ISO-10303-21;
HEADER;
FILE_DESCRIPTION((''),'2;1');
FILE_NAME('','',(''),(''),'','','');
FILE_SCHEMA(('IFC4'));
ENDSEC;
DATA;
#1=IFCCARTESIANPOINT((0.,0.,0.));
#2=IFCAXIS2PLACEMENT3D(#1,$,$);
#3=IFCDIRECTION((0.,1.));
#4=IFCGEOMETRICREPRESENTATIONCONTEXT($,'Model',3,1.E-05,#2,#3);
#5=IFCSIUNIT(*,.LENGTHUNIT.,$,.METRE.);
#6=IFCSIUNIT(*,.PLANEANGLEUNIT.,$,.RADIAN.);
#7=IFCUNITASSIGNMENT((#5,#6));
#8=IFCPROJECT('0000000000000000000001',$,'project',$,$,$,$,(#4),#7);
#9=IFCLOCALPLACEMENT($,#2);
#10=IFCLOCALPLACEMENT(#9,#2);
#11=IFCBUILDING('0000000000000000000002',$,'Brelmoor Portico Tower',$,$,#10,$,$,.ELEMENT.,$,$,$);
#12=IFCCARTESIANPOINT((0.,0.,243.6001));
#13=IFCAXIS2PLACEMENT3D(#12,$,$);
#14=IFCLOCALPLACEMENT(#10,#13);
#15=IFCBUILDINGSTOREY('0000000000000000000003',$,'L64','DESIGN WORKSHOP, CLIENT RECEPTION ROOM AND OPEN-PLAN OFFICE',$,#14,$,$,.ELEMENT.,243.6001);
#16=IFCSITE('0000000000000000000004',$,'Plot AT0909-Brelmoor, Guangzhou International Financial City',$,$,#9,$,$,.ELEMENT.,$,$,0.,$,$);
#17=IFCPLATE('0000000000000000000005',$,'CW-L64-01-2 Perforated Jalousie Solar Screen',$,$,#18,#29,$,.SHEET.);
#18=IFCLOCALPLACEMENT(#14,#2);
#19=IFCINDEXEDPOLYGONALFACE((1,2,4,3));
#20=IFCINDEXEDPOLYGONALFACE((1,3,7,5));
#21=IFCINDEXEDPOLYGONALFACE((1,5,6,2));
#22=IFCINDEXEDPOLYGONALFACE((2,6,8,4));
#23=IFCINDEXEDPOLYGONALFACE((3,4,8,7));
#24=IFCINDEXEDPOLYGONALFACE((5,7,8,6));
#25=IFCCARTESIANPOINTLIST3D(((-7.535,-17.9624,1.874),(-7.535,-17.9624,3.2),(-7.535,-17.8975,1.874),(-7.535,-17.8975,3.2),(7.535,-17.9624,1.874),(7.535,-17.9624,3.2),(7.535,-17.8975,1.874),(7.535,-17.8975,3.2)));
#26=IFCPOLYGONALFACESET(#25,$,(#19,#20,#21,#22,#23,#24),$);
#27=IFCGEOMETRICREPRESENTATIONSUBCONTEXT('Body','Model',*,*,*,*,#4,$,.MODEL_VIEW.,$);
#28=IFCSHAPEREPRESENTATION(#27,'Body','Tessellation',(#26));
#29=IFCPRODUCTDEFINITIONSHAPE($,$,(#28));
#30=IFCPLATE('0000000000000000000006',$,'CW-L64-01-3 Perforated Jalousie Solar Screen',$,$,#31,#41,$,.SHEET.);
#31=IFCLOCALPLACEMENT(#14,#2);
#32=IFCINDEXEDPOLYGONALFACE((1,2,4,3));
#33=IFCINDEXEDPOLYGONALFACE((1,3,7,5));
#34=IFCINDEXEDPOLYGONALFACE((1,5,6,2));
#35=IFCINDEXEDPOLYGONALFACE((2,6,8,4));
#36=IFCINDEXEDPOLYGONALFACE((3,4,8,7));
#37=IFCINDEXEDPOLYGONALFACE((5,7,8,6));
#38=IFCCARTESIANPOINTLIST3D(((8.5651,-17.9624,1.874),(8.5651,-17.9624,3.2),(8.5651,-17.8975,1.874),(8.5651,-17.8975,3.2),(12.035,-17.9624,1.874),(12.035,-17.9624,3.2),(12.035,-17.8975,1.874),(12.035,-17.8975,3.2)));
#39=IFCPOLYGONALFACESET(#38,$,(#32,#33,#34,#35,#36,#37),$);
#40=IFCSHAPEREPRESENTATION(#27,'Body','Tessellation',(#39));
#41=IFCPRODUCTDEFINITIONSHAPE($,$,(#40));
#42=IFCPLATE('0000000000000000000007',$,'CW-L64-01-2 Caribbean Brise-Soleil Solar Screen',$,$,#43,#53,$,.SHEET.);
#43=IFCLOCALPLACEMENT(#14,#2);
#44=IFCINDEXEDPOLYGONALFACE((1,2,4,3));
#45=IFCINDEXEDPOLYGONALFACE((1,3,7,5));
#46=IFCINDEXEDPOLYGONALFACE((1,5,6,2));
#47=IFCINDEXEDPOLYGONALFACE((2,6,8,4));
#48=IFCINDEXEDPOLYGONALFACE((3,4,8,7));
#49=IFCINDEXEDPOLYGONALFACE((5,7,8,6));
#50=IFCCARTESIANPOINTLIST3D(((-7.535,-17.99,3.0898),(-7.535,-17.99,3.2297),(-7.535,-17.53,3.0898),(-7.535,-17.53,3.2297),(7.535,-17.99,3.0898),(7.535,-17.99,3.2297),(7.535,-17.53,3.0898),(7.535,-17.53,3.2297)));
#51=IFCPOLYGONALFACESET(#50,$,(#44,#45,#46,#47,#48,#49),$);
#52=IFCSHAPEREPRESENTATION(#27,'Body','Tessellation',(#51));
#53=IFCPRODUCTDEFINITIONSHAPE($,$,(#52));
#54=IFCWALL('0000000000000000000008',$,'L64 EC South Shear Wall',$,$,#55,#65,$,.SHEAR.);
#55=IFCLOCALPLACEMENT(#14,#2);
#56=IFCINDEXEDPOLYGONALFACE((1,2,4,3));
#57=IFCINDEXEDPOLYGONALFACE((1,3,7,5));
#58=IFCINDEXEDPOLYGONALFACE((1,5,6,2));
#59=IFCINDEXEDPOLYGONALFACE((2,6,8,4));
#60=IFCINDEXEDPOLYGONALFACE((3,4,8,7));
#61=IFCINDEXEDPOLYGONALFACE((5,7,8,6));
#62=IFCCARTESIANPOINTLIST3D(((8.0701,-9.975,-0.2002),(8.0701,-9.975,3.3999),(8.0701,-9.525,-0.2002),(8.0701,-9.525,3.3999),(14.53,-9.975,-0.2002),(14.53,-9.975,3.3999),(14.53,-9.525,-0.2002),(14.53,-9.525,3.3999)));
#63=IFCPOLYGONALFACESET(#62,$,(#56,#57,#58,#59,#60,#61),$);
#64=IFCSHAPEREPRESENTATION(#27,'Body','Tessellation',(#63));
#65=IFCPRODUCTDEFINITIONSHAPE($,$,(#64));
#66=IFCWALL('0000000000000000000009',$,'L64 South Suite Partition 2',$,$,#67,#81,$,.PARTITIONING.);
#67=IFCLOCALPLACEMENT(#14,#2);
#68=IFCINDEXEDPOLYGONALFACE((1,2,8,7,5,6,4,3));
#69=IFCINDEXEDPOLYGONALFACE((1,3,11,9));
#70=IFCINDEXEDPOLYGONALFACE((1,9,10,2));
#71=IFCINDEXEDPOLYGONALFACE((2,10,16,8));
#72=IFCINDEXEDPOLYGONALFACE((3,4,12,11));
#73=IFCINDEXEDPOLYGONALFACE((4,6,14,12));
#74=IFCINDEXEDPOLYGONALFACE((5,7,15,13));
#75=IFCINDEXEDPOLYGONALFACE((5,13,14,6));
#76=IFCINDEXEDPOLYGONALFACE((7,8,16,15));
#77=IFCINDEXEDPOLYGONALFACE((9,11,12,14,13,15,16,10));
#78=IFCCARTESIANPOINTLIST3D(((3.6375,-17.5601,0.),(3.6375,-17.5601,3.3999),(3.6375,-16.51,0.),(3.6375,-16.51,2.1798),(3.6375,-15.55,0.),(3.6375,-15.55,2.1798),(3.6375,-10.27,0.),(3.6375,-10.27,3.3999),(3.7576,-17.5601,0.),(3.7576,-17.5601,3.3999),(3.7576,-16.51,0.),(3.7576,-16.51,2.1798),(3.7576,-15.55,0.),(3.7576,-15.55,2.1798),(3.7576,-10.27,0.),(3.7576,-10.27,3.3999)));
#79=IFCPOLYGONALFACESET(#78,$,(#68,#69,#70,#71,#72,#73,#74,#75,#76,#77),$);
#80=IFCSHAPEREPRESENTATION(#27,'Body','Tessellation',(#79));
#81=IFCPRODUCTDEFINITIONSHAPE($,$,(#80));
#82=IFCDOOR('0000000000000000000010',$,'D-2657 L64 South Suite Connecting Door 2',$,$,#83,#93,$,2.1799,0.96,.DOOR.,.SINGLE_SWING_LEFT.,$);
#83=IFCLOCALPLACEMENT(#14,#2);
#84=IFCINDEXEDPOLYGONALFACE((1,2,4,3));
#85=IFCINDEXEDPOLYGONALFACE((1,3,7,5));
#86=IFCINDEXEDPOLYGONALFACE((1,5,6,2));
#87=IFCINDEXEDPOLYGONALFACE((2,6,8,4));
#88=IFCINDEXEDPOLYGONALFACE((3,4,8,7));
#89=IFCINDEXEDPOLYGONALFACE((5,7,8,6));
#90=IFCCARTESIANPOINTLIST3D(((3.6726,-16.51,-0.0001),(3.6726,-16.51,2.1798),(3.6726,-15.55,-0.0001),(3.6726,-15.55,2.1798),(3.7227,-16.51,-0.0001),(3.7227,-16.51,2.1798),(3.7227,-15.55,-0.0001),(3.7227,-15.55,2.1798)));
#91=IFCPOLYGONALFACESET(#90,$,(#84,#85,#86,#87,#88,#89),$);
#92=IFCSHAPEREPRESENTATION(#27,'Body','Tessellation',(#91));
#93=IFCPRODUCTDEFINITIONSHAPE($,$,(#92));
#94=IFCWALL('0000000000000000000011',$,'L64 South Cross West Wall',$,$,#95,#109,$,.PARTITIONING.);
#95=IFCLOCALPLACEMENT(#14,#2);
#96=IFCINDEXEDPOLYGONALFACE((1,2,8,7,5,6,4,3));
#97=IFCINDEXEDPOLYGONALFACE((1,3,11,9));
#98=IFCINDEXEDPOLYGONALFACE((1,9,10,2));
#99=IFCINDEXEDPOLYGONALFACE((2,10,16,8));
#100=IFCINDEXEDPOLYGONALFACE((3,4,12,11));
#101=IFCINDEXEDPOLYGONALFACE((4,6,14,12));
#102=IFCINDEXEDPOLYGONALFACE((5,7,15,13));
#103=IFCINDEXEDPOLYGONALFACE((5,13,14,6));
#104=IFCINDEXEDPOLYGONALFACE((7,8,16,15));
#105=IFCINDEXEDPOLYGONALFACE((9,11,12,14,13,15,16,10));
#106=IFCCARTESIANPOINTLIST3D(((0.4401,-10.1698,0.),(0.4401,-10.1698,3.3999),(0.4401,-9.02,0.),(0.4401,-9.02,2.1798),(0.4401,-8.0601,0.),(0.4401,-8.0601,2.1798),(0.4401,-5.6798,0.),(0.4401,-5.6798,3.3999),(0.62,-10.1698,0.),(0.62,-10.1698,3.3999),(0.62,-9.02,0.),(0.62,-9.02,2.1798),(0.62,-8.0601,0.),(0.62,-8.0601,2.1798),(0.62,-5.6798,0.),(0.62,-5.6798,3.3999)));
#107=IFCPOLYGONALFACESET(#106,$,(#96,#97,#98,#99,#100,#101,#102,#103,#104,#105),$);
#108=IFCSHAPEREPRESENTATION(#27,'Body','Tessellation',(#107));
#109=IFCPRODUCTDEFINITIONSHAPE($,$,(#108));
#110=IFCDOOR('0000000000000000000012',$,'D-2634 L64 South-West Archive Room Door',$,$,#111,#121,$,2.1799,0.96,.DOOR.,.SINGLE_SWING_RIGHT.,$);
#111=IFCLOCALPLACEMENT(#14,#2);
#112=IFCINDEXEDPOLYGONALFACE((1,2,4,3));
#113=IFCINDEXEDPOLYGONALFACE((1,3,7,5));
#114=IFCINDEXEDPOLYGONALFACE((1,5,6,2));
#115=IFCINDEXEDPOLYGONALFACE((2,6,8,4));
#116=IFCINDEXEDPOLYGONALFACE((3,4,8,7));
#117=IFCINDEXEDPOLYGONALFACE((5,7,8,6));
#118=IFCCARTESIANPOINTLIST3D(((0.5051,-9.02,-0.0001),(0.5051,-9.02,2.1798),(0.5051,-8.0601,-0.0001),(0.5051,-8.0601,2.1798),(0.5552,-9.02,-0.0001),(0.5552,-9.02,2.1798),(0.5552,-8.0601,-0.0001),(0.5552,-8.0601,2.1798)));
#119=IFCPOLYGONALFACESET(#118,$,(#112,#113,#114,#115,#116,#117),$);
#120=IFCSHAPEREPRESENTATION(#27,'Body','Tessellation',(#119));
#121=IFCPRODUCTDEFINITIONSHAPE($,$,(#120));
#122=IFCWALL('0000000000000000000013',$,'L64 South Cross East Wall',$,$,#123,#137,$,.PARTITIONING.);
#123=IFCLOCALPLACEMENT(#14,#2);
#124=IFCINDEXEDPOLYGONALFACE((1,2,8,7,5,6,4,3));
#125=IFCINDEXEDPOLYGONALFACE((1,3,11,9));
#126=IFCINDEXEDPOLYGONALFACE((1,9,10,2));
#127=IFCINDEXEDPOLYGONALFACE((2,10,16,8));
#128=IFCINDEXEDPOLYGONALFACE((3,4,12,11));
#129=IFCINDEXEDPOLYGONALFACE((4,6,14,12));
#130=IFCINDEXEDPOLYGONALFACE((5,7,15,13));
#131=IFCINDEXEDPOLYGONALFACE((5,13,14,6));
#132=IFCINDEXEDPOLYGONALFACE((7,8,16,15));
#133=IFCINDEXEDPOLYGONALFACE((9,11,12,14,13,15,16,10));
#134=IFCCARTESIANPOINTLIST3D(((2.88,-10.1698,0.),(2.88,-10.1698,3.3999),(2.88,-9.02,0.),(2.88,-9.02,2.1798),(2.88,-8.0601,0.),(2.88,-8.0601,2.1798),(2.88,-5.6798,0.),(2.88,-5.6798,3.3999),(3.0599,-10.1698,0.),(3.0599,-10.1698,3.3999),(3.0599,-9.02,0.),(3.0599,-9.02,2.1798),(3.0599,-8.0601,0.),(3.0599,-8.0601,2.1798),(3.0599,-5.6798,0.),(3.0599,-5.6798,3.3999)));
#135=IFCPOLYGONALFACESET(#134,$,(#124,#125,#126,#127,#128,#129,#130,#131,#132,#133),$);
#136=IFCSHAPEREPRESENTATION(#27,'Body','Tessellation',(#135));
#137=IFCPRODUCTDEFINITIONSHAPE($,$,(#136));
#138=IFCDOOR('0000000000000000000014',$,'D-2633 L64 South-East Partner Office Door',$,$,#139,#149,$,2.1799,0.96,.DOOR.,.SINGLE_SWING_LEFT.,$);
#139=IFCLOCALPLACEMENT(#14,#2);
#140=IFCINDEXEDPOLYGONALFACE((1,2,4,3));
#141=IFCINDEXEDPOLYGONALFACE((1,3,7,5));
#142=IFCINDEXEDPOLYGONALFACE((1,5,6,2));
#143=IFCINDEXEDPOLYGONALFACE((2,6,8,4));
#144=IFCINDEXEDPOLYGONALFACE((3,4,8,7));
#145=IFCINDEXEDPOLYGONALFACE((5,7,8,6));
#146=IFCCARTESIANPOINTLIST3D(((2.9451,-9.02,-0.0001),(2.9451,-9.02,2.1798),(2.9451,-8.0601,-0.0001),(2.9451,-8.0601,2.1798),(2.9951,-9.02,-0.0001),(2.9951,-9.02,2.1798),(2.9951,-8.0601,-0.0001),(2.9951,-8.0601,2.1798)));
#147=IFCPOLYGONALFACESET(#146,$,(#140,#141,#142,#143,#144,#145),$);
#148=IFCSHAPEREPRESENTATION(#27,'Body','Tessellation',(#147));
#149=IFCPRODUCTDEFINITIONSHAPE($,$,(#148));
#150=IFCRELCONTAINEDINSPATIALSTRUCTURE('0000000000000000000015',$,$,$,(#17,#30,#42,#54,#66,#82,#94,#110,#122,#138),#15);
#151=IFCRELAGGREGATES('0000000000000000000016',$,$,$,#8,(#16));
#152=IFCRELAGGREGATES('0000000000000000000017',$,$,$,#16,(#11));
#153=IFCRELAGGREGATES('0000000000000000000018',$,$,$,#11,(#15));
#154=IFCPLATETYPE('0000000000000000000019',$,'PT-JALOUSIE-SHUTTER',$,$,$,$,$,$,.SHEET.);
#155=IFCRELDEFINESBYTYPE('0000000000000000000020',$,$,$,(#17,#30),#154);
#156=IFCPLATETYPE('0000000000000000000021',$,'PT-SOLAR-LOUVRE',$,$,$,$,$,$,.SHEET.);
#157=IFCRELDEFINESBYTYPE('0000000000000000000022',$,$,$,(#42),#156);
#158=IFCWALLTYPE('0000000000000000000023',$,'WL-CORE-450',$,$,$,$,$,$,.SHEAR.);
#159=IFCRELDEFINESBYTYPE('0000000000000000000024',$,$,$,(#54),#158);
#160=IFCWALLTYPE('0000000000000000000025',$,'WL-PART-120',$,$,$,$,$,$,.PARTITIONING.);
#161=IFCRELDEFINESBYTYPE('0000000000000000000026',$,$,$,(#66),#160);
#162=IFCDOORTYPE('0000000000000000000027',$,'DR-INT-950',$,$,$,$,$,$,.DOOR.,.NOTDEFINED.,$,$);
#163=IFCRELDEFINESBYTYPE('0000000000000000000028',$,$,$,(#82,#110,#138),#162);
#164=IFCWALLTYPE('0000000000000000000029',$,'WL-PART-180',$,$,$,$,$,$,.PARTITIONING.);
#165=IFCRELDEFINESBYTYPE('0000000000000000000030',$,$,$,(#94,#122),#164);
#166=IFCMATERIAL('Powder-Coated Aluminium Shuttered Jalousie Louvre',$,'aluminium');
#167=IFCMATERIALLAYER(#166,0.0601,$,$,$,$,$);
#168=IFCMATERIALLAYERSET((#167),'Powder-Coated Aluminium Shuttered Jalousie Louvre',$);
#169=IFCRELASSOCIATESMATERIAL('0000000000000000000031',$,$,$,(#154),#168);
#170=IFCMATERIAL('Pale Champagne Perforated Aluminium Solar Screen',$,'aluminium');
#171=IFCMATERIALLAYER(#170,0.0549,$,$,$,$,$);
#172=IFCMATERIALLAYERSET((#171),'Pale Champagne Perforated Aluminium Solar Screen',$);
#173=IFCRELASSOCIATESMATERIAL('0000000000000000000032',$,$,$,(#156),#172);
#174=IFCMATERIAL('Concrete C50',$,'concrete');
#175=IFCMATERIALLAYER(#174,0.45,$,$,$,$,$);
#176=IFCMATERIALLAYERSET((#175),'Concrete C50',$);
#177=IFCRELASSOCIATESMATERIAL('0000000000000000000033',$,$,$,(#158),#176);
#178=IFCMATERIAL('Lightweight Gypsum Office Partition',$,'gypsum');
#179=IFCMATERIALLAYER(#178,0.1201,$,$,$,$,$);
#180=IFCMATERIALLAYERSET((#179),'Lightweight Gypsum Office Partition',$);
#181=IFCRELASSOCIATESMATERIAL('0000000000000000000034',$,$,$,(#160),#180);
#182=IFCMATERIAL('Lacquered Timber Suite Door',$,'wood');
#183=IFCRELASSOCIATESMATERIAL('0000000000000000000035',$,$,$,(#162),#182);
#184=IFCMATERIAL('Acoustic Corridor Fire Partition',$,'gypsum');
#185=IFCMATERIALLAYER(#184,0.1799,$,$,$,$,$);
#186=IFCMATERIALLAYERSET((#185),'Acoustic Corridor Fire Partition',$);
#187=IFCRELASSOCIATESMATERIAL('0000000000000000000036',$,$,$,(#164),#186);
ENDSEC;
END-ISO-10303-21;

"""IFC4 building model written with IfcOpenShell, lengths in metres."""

from ifc_helpers import new_model, si_unit, direction, frame, frame_2d, origin, origin_2d, place, context, subcontext, project, spatial, rectangle, extrude, material, layer, layer_set, type_object, element, fill, save


model = new_model("IFC4")

# Units and contexts
model_context = context("Model", 3, precision=1e-05, world=origin(), true_north=direction((0.0, 1.0)))
body_context = subcontext(model_context, "Body", "Model", "MODEL_VIEW")
ifc_project = project(units=[si_unit("LENGTHUNIT", "METRE"), si_unit("PLANEANGLEUNIT", "RADIAN")], contexts=[model_context])

# Site, building, storey
site_placement = place(None, origin())
site = spatial("IfcSite", under=ifc_project, at=site_placement, Name="Plot AT0909-Brelmoor, Guangzhou International Financial City", CompositionType="ELEMENT", RefElevation=0.0)
building_placement = place(site_placement, origin())
building = spatial("IfcBuilding", under=site, at=building_placement, Name="Brelmoor Portico Tower", CompositionType="ELEMENT")
storey_placement = place(building_placement, frame((0.0, 0.0, 243.6001)))
storey = spatial("IfcBuildingStorey", under=building, at=storey_placement, Name="L64", Description="DESIGN WORKSHOP, CLIENT RECEPTION ROOM AND OPEN-PLAN OFFICE", CompositionType="ELEMENT", Elevation=243.6001)

# Plates
ifc_material_1 = material(Name="Powder-Coated Aluminium Shuttered Jalousie Louvre", Category="aluminium")
ifc_layer_1 = layer(ifc_material_1, 0.0601)
ifc_layer_set_1 = layer_set([ifc_layer_1], Name="Powder-Coated Aluminium Shuttered Jalousie Louvre")
plate_type_1 = type_object("IfcPlateType", Name="PT-JALOUSIE-SHUTTER", PredefinedType="SHEET", material=ifc_layer_set_1)
plate_1_placement = place(storey_placement, frame((0.0, -17.9299, 1.874), z_axis=(0.0, 0.0, 1.0), x_axis=(1.0, 0.0, 0.0)))
element("IfcPlate", 1, at=plate_1_placement, inside=storey, type_object=plate_type_1, Name="CW-L64-01-2 Perforated Jalousie Solar Screen", PredefinedType="SHEET", context=body_context, shape_type="SweptSolid", body=[
    extrude(rectangle(XDim=15.0701, YDim=0.0649, at=origin_2d()), origin(), (0.0, 0.0, 1.0), 1.3259),
])
plate_2_placement = place(storey_placement, frame((10.3, -17.9299, 1.874), z_axis=(0.0, 0.0, 1.0), x_axis=(1.0, 0.0, 0.0)))
element("IfcPlate", 2, at=plate_2_placement, inside=storey, type_object=plate_type_1, Name="CW-L64-01-3 Perforated Jalousie Solar Screen", PredefinedType="SHEET", context=body_context, shape_type="SweptSolid", body=[
    extrude(rectangle(XDim=3.47, YDim=0.0649, at=origin_2d()), origin(), (0.0, 0.0, 1.0), 1.3259),
])
ifc_material_2 = material(Name="Pale Champagne Perforated Aluminium Solar Screen", Category="aluminium")
ifc_layer_2 = layer(ifc_material_2, 0.0549)
ifc_layer_set_2 = layer_set([ifc_layer_2], Name="Pale Champagne Perforated Aluminium Solar Screen")
plate_type_2 = type_object("IfcPlateType", Name="PT-SOLAR-LOUVRE", PredefinedType="SHEET", material=ifc_layer_set_2)
plate_3_placement = place(storey_placement, frame((0.0, -17.76, 3.0898), z_axis=(0.0, 0.0, 1.0), x_axis=(1.0, 0.0, 0.0)))
element("IfcPlate", 3, at=plate_3_placement, inside=storey, type_object=plate_type_2, Name="CW-L64-01-2 Caribbean Brise-Soleil Solar Screen", PredefinedType="SHEET", context=body_context, shape_type="SweptSolid", body=[
    extrude(rectangle(XDim=15.0701, YDim=0.46, at=origin_2d()), origin(), (0.0, 0.0, 1.0), 0.1399),
])

# Wall
ifc_material_3 = material(Name="Concrete C50", Category="concrete")
ifc_layer_3 = layer(ifc_material_3, 0.45)
ifc_layer_set_3 = layer_set([ifc_layer_3], Name="Concrete C50")
wall_type_1 = type_object("IfcWallType", Name="WL-CORE-450", PredefinedType="SHEAR", material=ifc_layer_set_3)
wall_1_placement = place(storey_placement, frame((8.0701, -9.75, -0.2002), z_axis=(0.0, 0.0, 1.0), x_axis=(1.0, 0.0, 0.0)))
element("IfcWall", 4, at=wall_1_placement, inside=storey, type_object=wall_type_1, Name="L64 EC South Shear Wall", PredefinedType="SHEAR", context=body_context, shape_type="SweptSolid", body=[
    extrude(rectangle(XDim=6.46, YDim=0.45, at=frame_2d((3.23, 0.0))), origin(), (0.0, 0.0, 1.0), 3.6001),
])

# Walls, openings, doors
ifc_material_4 = material(Name="Lightweight Gypsum Office Partition", Category="gypsum")
ifc_layer_4 = layer(ifc_material_4, 0.1201)
ifc_layer_set_4 = layer_set([ifc_layer_4], Name="Lightweight Gypsum Office Partition")
wall_type_2 = type_object("IfcWallType", Name="WL-PART-120", PredefinedType="PARTITIONING", material=ifc_layer_set_4)
wall_2_placement = place(storey_placement, frame((3.6975, -17.5601, 0.0), z_axis=(0.0, 0.0, 1.0), x_axis=(0.0, 1.0, 0.0)))
wall_2 = element("IfcWall", 5, at=wall_2_placement, inside=storey, type_object=wall_type_2, Name="L64 South Suite Partition 2", PredefinedType="PARTITIONING", context=body_context, shape_type="SweptSolid", body=[
    extrude(rectangle(XDim=7.29, YDim=0.1201, at=frame_2d((3.645, 0.0))), origin(), (0.0, 0.0, 1.0), 3.3999),
])
opening_1_placement = place(wall_2_placement, frame((1.05, 0.0, 0.0)))
opening_1 = element("IfcOpeningElement", 6, at=opening_1_placement, cuts=wall_2, PredefinedType="OPENING", context=body_context, shape_type="SweptSolid", body=[
    extrude(rectangle(XDim=0.96, YDim=2.1799, at=frame_2d((0.48, 1.0898))), frame((0.0, 0.0701, 0.0), z_axis=(0.0, -1.0, 0.0), x_axis=(1.0, 0.0, 0.0)), (0.0, 0.0, 1.0), 0.1401),
])
ifc_material_5 = material(Name="Lacquered Timber Suite Door", Category="wood")
door_type_1 = type_object("IfcDoorType", Name="DR-INT-950", OperationType="NOTDEFINED", PredefinedType="DOOR", material=ifc_material_5)
door_1_placement = place(opening_1_placement, origin())
door_1 = element("IfcDoor", 7, at=door_1_placement, inside=storey, type_object=door_type_1, Name="D-2657 L64 South Suite Connecting Door 2", OperationType="SINGLE_SWING_LEFT", OverallHeight=2.1799, OverallWidth=0.96, PredefinedType="DOOR", context=body_context, shape_type="SweptSolid", body=[
    extrude(rectangle(XDim=0.96, YDim=2.1799, at=frame_2d((0.48, 1.0898))), frame((0.0, 0.0249, 0.0), z_axis=(0.0, -1.0, 0.0), x_axis=(1.0, 0.0, 0.0)), (0.0, 0.0, 1.0), 0.05),
])
fill(opening_1, door_1)
ifc_material_6 = material(Name="Acoustic Corridor Fire Partition", Category="gypsum")
ifc_layer_5 = layer(ifc_material_6, 0.1799)
ifc_layer_set_5 = layer_set([ifc_layer_5], Name="Acoustic Corridor Fire Partition")
wall_type_3 = type_object("IfcWallType", Name="WL-PART-180", PredefinedType="PARTITIONING", material=ifc_layer_set_5)
wall_3_placement = place(storey_placement, frame((0.53, -10.1699, 0.0), z_axis=(0.0, 0.0, 1.0), x_axis=(0.0, 1.0, 0.0)))
wall_3 = element("IfcWall", 8, at=wall_3_placement, inside=storey, type_object=wall_type_3, Name="L64 South Cross West Wall", PredefinedType="PARTITIONING", context=body_context, shape_type="SweptSolid", body=[
    extrude(rectangle(XDim=4.49, YDim=0.1799, at=frame_2d((2.2451, 0.0))), origin(), (0.0, 0.0, 1.0), 3.3999),
])
opening_2_placement = place(wall_3_placement, frame((1.1499, 0.0, 0.0)))
opening_2 = element("IfcOpeningElement", 9, at=opening_2_placement, cuts=wall_3, PredefinedType="OPENING", context=body_context, shape_type="SweptSolid", body=[
    extrude(rectangle(XDim=0.96, YDim=2.1799, at=frame_2d((0.48, 1.0898))), frame((0.0, 0.0999, 0.0), z_axis=(0.0, -1.0, 0.0), x_axis=(1.0, 0.0, 0.0)), (0.0, 0.0, 1.0), 0.2),
])
door_2_placement = place(opening_2_placement, origin())
door_2 = element("IfcDoor", 10, at=door_2_placement, inside=storey, type_object=door_type_1, Name="D-2634 L64 South-West Archive Room Door", OperationType="SINGLE_SWING_RIGHT", OverallHeight=2.1799, OverallWidth=0.96, PredefinedType="DOOR", context=body_context, shape_type="SweptSolid", body=[
    extrude(rectangle(XDim=0.96, YDim=2.1799, at=frame_2d((0.48, 1.0898))), frame((0.0, 0.0249, 0.0), z_axis=(0.0, -1.0, 0.0), x_axis=(1.0, 0.0, 0.0)), (0.0, 0.0, 1.0), 0.05),
])
fill(opening_2, door_2)
wall_4_placement = place(storey_placement, frame((2.97, -10.1699, 0.0), z_axis=(0.0, 0.0, 1.0), x_axis=(0.0, 1.0, 0.0)))
wall_4 = element("IfcWall", 11, at=wall_4_placement, inside=storey, type_object=wall_type_3, Name="L64 South Cross East Wall", PredefinedType="PARTITIONING", context=body_context, shape_type="SweptSolid", body=[
    extrude(rectangle(XDim=4.49, YDim=0.1799, at=frame_2d((2.2451, 0.0))), origin(), (0.0, 0.0, 1.0), 3.3999),
])
opening_3_placement = place(wall_4_placement, frame((1.1499, 0.0, 0.0)))
opening_3 = element("IfcOpeningElement", 12, at=opening_3_placement, cuts=wall_4, PredefinedType="OPENING", context=body_context, shape_type="SweptSolid", body=[
    extrude(rectangle(XDim=0.96, YDim=2.1799, at=frame_2d((0.48, 1.0898))), frame((0.0, 0.0999, 0.0), z_axis=(0.0, -1.0, 0.0), x_axis=(1.0, 0.0, 0.0)), (0.0, 0.0, 1.0), 0.2),
])
door_3_placement = place(opening_3_placement, origin())
door_3 = element("IfcDoor", 13, at=door_3_placement, inside=storey, type_object=door_type_1, Name="D-2633 L64 South-East Partner Office Door", OperationType="SINGLE_SWING_LEFT", OverallHeight=2.1799, OverallWidth=0.96, PredefinedType="DOOR", context=body_context, shape_type="SweptSolid", body=[
    extrude(rectangle(XDim=0.96, YDim=2.1799, at=frame_2d((0.48, 1.0898))), frame((0.0, 0.0249, 0.0), z_axis=(0.0, -1.0, 0.0), x_axis=(1.0, 0.0, 0.0)), (0.0, 0.0, 1.0), 0.05),
])
fill(opening_3, door_3)

save(model, "model.ifc")
